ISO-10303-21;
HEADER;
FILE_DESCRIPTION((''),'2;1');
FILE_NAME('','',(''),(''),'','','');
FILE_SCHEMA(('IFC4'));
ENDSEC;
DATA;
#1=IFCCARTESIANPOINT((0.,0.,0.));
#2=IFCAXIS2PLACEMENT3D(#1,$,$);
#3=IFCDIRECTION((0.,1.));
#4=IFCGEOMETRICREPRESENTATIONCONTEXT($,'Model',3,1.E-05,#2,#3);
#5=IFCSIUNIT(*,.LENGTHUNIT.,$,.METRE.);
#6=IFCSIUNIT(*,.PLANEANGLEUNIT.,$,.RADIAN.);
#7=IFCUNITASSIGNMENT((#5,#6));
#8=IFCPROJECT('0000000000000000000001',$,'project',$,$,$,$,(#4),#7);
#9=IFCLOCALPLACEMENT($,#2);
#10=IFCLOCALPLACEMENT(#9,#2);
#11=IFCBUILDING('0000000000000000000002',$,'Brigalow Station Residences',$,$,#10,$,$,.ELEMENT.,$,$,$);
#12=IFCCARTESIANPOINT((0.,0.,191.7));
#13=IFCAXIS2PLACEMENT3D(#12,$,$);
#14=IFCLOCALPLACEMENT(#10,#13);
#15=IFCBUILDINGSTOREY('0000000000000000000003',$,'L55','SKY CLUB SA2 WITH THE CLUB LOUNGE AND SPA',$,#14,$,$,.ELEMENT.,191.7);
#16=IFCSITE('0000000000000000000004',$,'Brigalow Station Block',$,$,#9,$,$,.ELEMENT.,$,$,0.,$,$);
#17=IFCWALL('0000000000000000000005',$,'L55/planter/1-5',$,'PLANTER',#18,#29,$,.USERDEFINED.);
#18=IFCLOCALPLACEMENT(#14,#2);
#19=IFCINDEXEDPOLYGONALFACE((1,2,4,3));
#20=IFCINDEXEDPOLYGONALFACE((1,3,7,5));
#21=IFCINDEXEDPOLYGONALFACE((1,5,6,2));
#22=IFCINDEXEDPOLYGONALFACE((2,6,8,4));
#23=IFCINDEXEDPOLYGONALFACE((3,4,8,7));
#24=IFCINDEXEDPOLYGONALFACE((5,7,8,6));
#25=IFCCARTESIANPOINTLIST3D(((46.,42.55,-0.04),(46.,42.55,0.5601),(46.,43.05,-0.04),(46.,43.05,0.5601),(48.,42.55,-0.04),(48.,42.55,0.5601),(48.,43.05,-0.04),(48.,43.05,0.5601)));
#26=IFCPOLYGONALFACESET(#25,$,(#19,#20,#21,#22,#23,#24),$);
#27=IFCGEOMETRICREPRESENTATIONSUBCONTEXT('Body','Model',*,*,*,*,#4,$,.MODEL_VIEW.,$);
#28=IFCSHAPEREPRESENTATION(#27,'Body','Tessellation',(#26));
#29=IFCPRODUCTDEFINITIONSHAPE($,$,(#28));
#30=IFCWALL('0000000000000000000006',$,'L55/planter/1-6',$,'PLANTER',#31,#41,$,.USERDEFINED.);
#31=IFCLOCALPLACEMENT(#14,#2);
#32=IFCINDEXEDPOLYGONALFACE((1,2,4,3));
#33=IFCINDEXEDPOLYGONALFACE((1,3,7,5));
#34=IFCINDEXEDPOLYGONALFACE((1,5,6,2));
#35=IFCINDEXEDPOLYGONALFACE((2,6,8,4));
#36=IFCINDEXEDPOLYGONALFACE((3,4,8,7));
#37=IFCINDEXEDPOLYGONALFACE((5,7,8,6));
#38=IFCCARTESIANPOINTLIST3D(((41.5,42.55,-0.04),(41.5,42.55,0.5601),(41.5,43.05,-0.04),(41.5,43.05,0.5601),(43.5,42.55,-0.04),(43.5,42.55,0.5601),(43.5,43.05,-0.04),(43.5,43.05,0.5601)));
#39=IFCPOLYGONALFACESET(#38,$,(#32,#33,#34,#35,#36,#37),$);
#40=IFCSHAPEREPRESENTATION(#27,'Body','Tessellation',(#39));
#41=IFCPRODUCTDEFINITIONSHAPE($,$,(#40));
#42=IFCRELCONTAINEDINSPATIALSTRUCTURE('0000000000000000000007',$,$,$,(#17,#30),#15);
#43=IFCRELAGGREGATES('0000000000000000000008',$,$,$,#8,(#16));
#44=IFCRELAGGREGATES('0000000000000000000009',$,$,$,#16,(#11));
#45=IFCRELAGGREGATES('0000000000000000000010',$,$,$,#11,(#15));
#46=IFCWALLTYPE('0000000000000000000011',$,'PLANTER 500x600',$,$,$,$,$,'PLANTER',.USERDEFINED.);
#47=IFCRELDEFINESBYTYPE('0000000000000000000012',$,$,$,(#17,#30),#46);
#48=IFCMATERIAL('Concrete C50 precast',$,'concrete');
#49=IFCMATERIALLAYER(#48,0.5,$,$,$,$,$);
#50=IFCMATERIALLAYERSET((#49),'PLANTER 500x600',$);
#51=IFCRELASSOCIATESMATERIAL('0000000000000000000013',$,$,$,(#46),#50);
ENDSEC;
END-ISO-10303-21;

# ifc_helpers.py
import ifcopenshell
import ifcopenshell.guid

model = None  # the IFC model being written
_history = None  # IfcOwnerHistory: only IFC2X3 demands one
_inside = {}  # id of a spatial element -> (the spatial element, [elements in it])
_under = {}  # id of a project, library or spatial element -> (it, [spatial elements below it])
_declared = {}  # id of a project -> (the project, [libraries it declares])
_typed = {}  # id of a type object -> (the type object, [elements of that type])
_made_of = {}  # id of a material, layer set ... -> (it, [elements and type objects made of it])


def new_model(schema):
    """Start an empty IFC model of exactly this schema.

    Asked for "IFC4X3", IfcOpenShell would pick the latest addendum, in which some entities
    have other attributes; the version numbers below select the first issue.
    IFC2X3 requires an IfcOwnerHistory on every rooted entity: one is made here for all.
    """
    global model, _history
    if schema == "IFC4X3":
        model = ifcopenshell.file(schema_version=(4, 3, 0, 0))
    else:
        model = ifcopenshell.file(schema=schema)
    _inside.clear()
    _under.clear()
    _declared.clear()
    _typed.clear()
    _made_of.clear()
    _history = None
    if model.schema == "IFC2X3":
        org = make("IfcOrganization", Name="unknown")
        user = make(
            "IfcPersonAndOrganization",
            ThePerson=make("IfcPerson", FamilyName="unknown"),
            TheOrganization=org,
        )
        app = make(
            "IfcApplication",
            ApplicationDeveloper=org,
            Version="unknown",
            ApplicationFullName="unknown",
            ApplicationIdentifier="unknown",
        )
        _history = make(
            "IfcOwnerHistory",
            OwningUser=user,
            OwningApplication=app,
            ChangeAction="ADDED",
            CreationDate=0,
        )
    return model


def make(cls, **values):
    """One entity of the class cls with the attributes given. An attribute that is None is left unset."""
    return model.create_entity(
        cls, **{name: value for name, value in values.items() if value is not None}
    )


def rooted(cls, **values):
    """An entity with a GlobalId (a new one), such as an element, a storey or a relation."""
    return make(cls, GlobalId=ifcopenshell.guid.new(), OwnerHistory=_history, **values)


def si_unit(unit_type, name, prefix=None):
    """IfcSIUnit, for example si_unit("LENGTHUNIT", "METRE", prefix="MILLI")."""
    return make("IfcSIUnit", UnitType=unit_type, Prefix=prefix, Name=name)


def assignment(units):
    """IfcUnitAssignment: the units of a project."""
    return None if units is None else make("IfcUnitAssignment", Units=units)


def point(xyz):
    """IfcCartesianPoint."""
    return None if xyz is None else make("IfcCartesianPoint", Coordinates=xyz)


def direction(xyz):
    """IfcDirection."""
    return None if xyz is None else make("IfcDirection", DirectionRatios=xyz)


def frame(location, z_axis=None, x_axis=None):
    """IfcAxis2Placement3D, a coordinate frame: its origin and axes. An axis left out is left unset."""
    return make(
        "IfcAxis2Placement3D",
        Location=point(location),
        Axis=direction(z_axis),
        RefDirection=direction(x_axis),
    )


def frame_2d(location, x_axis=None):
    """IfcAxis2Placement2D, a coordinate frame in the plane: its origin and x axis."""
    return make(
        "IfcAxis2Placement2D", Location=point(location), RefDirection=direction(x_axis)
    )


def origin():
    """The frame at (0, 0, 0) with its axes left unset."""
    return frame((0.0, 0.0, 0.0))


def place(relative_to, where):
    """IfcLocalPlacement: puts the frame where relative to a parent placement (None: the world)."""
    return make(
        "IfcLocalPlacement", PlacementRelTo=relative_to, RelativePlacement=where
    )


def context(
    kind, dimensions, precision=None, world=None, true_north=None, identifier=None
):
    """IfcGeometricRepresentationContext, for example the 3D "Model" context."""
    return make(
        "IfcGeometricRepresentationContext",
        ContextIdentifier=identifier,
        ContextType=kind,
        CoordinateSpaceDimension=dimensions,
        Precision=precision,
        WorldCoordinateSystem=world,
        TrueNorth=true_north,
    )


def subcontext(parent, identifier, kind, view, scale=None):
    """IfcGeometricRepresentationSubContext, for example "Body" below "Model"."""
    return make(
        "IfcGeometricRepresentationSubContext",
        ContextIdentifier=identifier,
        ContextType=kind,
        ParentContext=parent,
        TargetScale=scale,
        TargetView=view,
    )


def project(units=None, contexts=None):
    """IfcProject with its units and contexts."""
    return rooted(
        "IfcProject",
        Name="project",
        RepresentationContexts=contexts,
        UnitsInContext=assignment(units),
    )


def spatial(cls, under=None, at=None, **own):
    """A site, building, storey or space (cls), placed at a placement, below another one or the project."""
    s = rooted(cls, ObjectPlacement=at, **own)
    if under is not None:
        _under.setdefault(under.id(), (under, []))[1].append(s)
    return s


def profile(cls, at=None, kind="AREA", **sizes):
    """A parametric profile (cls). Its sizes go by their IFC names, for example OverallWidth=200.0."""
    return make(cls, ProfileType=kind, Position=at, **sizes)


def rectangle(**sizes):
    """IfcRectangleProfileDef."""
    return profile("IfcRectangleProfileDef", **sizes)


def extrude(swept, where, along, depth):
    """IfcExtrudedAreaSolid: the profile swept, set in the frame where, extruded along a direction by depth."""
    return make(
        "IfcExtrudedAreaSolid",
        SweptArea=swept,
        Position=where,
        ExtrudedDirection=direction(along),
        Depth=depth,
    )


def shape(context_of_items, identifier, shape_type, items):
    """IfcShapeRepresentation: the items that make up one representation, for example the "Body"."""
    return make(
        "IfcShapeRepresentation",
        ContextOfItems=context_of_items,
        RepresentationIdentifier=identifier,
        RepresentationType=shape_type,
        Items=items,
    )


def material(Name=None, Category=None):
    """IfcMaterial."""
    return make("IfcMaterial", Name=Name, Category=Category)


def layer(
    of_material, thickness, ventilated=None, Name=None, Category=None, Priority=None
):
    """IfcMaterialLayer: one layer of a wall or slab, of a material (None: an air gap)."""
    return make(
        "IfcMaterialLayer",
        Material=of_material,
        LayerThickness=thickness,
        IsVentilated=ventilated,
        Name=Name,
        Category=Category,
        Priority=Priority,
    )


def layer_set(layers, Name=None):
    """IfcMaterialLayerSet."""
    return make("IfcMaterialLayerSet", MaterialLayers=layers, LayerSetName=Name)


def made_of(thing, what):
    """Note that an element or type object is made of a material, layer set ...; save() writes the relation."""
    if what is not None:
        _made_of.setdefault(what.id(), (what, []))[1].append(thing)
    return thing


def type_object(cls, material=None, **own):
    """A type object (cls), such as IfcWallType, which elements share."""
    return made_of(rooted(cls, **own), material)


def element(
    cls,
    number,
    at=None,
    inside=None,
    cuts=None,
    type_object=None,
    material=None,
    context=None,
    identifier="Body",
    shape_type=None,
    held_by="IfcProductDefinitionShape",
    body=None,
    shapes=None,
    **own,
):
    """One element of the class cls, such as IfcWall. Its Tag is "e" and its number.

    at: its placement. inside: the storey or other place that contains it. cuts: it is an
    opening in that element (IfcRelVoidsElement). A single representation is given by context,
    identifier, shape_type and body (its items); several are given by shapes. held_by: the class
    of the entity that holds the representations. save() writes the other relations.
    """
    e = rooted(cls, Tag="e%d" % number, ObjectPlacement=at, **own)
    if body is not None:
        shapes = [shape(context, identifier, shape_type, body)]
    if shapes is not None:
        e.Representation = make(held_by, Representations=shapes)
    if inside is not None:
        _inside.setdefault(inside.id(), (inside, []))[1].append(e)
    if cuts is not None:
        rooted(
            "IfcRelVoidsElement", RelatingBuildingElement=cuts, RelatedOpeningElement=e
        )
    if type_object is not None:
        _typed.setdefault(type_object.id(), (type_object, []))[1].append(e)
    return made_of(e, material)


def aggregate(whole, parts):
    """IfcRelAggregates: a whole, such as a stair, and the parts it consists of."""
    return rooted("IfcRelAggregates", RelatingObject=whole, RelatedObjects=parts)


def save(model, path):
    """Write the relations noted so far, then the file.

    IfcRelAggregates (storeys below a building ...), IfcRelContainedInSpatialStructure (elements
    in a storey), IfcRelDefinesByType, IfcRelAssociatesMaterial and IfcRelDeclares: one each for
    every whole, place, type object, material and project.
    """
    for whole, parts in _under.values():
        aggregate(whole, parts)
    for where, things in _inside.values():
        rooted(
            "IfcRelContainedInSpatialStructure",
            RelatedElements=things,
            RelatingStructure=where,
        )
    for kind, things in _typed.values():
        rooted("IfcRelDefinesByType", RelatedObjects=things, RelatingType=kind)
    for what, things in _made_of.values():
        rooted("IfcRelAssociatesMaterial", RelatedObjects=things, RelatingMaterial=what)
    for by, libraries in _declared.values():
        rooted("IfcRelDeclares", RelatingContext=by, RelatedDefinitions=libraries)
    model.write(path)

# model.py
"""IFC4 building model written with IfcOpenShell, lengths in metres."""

from ifc_helpers import new_model, si_unit, direction, frame, frame_2d, origin, place, context, subcontext, project, spatial, rectangle, extrude, material, layer, layer_set, type_object, element, save


model = new_model("IFC4")

# Units and contexts
model_context = context("Model", 3, precision=1e-05, world=origin(), true_north=direction((0.0, 1.0)))
body_context = subcontext(model_context, "Body", "Model", "MODEL_VIEW")
ifc_project = project(units=[si_unit("LENGTHUNIT", "METRE"), si_unit("PLANEANGLEUNIT", "RADIAN")], contexts=[model_context])

# Site, building, storey
site_placement = place(None, origin())
site = spatial("IfcSite", under=ifc_project, at=site_placement, Name="Brigalow Station Block", CompositionType="ELEMENT", RefElevation=0.0)
building_placement = place(site_placement, origin())
building = spatial("IfcBuilding", under=site, at=building_placement, Name="Brigalow Station Residences", CompositionType="ELEMENT")
storey_placement = place(building_placement, frame((0.0, 0.0, 191.7)))
storey = spatial("IfcBuildingStorey", under=building, at=storey_placement, Name="L55", Description="SKY CLUB SA2 WITH THE CLUB LOUNGE AND SPA", CompositionType="ELEMENT", Elevation=191.7)

# Walls
ifc_material_1 = material(Name="Concrete C50 precast", Category="concrete")
ifc_layer_1 = layer(ifc_material_1, 0.5)
ifc_layer_set_1 = layer_set([ifc_layer_1], Name="PLANTER 500x600")
wall_type_1 = type_object("IfcWallType", Name="PLANTER 500x600", ElementType="PLANTER", PredefinedType="USERDEFINED", material=ifc_layer_set_1)
for number, where, z_axis, x_axis, name in (
    (1, (48.0, 42.8, -0.04), (0.0, 0.0, 1.0), (-1.0, 0.0, 0.0), "L55/planter/1-5"),
    (2, (43.5, 42.8, -0.04), (0.0, 0.0, 1.0), (-1.0, 0.0, 0.0), "L55/planter/1-6"),
):
    element("IfcWall", number, at=place(storey_placement, frame(where, z_axis=z_axis, x_axis=x_axis)), inside=storey, type_object=wall_type_1, Name=name, ObjectType="PLANTER", PredefinedType="USERDEFINED", context=body_context, shape_type="SweptSolid", body=[
        extrude(rectangle(XDim=2.0, YDim=0.5, at=frame_2d((1.0, 0.0))), origin(), (0.0, 0.0, 1.0), 0.6001),
    ])

save(model, "model.ifc")
